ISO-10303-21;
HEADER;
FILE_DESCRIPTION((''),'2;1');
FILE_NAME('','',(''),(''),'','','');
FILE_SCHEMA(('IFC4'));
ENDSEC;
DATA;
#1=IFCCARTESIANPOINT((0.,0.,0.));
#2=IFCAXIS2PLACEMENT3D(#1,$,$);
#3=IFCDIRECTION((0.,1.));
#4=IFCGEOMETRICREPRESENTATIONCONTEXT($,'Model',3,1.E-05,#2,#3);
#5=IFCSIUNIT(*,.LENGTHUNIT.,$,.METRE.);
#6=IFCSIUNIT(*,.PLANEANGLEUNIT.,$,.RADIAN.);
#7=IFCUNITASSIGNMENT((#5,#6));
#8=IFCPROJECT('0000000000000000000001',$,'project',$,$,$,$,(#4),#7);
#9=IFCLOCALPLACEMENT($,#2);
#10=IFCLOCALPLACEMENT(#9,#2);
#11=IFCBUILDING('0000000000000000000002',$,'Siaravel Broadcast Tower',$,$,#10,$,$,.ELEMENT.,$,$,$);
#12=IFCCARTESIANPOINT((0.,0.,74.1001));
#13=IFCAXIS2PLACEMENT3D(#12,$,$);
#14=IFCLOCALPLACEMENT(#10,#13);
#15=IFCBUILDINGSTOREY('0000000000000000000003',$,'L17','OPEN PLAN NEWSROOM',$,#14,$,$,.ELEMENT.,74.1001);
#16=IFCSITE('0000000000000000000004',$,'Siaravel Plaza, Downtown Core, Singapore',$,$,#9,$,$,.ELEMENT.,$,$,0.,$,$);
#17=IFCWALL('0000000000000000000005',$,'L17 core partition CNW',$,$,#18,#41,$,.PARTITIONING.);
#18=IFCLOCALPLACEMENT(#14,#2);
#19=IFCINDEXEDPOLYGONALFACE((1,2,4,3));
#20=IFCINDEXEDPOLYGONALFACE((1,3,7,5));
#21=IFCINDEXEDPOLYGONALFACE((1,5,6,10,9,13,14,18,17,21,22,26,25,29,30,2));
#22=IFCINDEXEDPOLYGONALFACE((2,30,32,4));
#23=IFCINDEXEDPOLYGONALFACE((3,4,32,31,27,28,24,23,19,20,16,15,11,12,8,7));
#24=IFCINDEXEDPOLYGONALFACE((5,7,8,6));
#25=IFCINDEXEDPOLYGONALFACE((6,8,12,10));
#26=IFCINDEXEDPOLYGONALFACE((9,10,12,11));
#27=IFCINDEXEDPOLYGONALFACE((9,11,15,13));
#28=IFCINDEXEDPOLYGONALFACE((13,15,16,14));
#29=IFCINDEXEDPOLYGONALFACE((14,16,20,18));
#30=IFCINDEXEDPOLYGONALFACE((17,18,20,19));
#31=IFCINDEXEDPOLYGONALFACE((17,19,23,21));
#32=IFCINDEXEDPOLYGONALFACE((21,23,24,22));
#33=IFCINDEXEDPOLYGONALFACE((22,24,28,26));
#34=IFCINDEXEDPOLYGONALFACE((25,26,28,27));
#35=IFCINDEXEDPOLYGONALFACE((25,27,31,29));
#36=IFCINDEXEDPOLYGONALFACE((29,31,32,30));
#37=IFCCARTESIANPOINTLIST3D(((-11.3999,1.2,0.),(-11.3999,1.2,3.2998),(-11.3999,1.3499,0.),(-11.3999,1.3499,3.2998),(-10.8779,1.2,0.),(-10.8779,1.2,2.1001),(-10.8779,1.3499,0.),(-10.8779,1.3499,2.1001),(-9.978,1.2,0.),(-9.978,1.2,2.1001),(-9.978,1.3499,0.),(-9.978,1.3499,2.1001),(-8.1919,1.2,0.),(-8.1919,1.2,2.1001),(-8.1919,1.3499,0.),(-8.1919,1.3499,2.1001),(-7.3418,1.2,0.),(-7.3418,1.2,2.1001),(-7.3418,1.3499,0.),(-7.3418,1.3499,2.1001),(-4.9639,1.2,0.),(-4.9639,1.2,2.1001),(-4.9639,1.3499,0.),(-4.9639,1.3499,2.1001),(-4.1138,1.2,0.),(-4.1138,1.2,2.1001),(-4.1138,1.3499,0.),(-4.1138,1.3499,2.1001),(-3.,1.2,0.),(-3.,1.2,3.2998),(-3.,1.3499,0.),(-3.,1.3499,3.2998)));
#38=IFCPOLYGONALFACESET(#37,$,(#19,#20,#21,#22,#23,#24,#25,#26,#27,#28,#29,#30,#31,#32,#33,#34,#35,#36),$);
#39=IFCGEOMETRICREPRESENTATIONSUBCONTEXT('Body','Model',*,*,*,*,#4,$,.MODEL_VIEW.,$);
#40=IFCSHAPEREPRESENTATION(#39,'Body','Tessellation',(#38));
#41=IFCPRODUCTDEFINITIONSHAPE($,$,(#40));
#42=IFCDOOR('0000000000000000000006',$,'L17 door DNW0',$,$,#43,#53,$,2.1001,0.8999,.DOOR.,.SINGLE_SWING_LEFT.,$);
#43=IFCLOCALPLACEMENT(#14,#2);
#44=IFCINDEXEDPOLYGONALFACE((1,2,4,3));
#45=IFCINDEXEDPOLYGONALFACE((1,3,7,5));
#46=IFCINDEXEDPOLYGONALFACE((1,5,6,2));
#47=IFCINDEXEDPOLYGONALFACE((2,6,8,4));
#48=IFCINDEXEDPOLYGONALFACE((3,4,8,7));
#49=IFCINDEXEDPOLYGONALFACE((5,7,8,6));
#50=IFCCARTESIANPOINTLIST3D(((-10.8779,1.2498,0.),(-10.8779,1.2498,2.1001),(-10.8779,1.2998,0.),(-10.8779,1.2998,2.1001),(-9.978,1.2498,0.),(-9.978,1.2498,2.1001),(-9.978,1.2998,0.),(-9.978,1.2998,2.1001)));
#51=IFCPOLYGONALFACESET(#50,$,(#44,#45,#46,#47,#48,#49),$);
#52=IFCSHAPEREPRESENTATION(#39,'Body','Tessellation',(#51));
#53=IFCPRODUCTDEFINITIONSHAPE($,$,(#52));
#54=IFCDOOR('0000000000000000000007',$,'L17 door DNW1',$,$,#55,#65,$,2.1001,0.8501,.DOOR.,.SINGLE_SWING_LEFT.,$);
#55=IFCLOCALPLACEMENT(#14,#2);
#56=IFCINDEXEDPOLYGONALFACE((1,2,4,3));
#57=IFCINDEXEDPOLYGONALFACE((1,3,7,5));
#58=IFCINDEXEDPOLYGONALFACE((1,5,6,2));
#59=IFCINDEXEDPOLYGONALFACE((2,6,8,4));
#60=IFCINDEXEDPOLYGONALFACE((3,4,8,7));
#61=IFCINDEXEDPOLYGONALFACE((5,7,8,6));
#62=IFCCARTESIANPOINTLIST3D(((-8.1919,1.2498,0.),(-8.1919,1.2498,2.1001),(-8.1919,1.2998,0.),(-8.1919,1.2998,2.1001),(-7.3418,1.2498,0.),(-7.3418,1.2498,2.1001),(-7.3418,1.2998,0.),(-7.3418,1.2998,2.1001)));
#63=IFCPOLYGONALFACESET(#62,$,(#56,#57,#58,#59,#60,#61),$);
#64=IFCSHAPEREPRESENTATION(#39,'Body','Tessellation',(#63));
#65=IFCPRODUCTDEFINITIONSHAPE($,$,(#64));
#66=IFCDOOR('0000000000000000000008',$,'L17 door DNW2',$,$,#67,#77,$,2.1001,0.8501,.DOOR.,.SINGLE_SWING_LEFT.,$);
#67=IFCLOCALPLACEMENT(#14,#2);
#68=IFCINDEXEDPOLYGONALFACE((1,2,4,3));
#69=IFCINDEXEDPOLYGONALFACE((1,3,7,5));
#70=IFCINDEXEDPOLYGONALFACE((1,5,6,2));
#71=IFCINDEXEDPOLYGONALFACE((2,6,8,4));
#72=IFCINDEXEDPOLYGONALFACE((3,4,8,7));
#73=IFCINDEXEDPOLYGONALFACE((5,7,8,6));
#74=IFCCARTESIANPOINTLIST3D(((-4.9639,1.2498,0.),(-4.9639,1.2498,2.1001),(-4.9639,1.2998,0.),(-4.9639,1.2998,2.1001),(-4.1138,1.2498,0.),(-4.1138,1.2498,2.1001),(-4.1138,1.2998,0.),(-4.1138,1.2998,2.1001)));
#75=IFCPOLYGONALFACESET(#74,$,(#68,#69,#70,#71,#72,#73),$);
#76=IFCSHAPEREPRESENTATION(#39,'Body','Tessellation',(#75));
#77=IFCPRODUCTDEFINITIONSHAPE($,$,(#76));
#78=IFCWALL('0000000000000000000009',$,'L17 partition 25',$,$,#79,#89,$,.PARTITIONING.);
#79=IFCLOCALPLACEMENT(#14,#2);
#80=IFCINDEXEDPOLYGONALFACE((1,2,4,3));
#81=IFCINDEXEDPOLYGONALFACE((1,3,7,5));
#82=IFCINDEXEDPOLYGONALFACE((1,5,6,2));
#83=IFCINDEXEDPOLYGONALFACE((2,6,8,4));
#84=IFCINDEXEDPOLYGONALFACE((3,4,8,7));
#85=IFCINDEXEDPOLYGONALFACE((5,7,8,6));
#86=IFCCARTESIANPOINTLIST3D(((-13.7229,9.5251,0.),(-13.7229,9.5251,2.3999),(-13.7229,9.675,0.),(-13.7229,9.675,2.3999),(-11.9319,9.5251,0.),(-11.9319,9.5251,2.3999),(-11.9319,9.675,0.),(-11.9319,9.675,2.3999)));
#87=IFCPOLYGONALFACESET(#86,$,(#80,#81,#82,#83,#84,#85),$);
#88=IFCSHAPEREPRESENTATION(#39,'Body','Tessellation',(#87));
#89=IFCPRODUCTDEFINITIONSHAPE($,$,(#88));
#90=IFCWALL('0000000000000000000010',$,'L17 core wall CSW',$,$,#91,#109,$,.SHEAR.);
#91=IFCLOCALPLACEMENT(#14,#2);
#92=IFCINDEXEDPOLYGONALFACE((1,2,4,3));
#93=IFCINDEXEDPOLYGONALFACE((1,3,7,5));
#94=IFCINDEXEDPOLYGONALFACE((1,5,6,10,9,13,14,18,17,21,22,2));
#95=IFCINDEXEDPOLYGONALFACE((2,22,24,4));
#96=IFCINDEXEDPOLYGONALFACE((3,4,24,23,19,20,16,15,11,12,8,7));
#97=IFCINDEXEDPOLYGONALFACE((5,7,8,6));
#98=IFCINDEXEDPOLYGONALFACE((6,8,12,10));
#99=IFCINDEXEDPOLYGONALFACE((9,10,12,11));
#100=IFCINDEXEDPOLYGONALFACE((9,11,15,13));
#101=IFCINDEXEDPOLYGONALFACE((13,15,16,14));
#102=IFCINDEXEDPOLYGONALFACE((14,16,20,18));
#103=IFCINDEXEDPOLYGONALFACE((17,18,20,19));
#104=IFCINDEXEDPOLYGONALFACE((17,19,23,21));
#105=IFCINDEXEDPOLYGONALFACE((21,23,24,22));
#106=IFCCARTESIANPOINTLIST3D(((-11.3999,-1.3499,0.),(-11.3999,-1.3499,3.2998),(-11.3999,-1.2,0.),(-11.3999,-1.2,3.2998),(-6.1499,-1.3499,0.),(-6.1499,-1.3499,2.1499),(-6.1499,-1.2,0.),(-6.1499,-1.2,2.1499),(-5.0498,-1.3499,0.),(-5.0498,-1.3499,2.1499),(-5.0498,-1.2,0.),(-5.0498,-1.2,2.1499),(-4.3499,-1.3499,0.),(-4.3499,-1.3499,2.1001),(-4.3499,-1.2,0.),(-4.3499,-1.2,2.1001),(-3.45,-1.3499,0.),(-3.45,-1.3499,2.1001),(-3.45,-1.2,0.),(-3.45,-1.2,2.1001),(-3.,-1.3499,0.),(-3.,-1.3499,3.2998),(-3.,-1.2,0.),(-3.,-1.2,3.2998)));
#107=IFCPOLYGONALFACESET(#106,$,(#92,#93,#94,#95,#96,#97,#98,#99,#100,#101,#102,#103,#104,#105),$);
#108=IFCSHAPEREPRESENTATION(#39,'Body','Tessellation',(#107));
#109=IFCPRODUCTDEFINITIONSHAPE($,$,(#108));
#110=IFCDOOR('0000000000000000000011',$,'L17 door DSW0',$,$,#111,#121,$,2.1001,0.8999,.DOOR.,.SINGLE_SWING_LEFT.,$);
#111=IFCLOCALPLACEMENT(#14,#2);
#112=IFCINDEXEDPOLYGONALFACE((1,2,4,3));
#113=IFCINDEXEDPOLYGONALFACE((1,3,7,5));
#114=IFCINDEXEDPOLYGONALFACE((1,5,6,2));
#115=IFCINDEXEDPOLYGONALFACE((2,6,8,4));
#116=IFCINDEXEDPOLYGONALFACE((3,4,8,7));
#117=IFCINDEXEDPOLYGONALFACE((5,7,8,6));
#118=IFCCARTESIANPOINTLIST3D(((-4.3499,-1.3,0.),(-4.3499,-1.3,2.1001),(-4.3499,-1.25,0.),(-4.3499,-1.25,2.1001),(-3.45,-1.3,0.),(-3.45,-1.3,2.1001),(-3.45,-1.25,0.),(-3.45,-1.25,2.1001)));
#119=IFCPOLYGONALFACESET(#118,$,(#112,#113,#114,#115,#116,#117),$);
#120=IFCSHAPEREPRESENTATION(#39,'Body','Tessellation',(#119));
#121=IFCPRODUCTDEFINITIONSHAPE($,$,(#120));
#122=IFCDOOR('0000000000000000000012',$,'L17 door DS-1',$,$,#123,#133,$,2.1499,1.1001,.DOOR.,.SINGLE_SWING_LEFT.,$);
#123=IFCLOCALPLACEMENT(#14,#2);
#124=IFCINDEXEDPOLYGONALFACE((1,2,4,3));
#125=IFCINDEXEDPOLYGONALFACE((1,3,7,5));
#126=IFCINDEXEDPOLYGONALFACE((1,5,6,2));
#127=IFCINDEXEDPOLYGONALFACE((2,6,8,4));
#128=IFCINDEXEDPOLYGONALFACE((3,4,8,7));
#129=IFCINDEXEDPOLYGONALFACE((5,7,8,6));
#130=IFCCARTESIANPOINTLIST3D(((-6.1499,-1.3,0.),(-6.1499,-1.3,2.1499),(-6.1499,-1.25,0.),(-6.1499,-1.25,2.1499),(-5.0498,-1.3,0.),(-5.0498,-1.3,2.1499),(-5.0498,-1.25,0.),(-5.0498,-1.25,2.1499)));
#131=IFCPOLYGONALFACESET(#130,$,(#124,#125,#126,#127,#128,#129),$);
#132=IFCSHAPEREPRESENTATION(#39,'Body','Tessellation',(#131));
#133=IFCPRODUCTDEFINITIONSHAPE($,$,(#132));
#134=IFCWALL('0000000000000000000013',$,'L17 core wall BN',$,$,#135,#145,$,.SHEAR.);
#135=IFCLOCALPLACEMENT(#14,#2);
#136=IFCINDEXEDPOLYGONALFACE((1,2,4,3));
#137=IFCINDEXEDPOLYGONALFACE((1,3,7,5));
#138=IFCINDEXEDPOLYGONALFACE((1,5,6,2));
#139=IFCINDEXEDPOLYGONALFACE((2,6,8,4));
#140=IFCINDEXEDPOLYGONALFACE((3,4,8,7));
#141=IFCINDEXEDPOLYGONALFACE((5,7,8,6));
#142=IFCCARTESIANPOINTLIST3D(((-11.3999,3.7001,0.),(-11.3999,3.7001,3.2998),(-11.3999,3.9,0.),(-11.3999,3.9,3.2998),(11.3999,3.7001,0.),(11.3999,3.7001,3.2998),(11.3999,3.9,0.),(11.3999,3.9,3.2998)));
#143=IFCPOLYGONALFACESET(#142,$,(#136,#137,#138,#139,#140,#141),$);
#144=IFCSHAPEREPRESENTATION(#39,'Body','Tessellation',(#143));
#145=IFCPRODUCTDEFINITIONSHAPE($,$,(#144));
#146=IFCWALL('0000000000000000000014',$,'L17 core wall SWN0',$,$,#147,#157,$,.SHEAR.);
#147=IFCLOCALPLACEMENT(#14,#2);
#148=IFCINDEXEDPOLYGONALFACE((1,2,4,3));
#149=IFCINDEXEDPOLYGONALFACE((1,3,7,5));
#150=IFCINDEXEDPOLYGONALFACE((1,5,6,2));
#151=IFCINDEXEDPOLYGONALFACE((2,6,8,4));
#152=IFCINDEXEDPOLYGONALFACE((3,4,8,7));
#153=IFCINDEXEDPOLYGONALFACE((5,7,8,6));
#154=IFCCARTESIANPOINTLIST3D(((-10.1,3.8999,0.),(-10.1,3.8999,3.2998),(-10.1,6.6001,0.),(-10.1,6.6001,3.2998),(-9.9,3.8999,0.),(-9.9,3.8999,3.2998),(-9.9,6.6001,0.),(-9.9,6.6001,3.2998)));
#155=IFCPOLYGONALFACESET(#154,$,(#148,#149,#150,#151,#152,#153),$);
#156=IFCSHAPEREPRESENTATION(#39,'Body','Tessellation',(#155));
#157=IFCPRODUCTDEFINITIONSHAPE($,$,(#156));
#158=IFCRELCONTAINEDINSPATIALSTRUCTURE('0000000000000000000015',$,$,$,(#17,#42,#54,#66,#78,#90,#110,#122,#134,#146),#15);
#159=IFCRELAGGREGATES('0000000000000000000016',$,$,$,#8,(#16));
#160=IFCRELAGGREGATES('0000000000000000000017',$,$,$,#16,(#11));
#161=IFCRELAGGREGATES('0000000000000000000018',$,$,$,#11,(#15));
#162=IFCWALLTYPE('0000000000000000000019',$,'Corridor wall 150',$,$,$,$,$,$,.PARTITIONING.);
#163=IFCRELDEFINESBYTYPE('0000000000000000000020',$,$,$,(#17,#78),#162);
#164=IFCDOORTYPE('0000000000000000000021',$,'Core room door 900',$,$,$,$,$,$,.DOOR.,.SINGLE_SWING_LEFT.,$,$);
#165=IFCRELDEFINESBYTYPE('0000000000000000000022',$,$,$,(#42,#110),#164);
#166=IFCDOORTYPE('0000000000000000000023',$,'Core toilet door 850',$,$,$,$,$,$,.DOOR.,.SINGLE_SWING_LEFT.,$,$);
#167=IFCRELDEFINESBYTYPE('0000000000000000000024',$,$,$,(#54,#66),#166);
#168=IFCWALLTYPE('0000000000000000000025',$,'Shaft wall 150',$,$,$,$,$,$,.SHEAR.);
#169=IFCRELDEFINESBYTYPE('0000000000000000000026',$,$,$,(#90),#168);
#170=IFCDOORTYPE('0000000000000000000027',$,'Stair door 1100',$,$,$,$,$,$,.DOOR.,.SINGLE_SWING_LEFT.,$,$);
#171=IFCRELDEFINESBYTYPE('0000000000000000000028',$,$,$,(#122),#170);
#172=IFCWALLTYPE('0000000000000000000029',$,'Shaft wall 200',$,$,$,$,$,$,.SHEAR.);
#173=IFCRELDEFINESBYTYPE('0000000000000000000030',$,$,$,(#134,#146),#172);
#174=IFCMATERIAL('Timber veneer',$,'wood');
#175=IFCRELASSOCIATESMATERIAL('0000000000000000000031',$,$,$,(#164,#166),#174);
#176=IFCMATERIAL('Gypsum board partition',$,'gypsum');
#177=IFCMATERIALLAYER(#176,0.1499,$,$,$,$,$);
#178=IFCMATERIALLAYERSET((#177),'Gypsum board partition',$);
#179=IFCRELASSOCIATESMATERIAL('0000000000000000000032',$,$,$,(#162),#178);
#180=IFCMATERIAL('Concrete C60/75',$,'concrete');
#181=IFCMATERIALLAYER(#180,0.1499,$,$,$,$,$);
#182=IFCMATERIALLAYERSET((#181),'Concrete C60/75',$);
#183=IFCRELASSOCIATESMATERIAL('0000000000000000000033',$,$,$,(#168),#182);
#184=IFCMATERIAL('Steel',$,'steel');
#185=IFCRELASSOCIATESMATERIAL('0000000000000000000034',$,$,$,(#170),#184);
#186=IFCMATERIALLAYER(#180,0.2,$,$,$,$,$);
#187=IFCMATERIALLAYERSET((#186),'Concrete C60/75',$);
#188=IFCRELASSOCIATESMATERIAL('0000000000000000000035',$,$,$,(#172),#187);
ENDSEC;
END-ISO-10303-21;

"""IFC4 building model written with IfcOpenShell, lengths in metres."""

from ifc_helpers import new_model, si_unit, direction, frame, frame_2d, origin, place, context, subcontext, project, spatial, rectangle, extrude, material, layer, layer_set, type_object, element, fill, save


model = new_model("IFC4")

# Units and contexts
model_context = context("Model", 3, precision=1e-05, world=origin(), true_north=direction((0.0, 1.0)))
body_context = subcontext(model_context, "Body", "Model", "MODEL_VIEW")
ifc_project = project(units=[si_unit("LENGTHUNIT", "METRE"), si_unit("PLANEANGLEUNIT", "RADIAN")], contexts=[model_context])

# Site, building, storey
site_placement = place(None, origin())
site = spatial("IfcSite", under=ifc_project, at=site_placement, Name="Siaravel Plaza, Downtown Core, Singapore", CompositionType="ELEMENT", RefElevation=0.0)
building_placement = place(site_placement, origin())
building = spatial("IfcBuilding", under=site, at=building_placement, Name="Siaravel Broadcast Tower", CompositionType="ELEMENT")
storey_placement = place(building_placement, frame((0.0, 0.0, 74.1001)))
storey = spatial("IfcBuildingStorey", under=building, at=storey_placement, Name="L17", Description="OPEN PLAN NEWSROOM", CompositionType="ELEMENT", Elevation=74.1001)

# Wall, openings, doors
ifc_material_1 = material(Name="Concrete C60/75", Category="concrete")
ifc_material_2 = material(Name="Timber veneer", Category="wood")
door_type_1 = type_object("IfcDoorType", Name="Core room door 900", OperationType="SINGLE_SWING_LEFT", PredefinedType="DOOR", material=ifc_material_2)
ifc_material_3 = material(Name="Steel", Category="steel")
ifc_material_4 = material(Name="Gypsum board partition", Category="gypsum")
ifc_layer_1 = layer(ifc_material_4, 0.1499)
ifc_layer_set_1 = layer_set([ifc_layer_1], Name="Gypsum board partition")
wall_type_1 = type_object("IfcWallType", Name="Corridor wall 150", PredefinedType="PARTITIONING", material=ifc_layer_set_1)
wall_1_placement = place(storey_placement, frame((-11.3999, 1.2749, 0.0), z_axis=(0.0, 0.0, 1.0), x_axis=(1.0, 0.0, 0.0)))
wall_1 = element("IfcWall", 1, at=wall_1_placement, inside=storey, type_object=wall_type_1, Name="L17 core partition CNW", PredefinedType="PARTITIONING", context=body_context, shape_type="SweptSolid", body=[
    extrude(rectangle(XDim=8.3999, YDim=0.1499, at=frame_2d((4.2, 0.0))), origin(), (0.0, 0.0, 1.0), 3.2998),
])
opening_1_placement = place(wall_1_placement, frame((0.522, 0.0, 0.0)))
opening_1 = element("IfcOpeningElement", 2, at=opening_1_placement, cuts=wall_1, PredefinedType="OPENING", context=body_context, shape_type="SweptSolid", body=[
    extrude(rectangle(XDim=0.8999, YDim=2.1001, at=frame_2d((0.45, 1.05))), frame((0.0, 0.085, 0.0), z_axis=(0.0, -1.0, 0.0), x_axis=(1.0, 0.0, 0.0)), (0.0, 0.0, 1.0), 0.1699),
])
opening_2_placement = place(wall_1_placement, frame((3.208, 0.0, 0.0)))
opening_2 = element("IfcOpeningElement", 3, at=opening_2_placement, cuts=wall_1, PredefinedType="OPENING", context=body_context, shape_type="SweptSolid", body=[
    extrude(rectangle(XDim=0.8501, YDim=2.1001, at=frame_2d((0.425, 1.05))), frame((0.0, 0.085, 0.0), z_axis=(0.0, -1.0, 0.0), x_axis=(1.0, 0.0, 0.0)), (0.0, 0.0, 1.0), 0.1699),
])
opening_3_placement = place(wall_1_placement, frame((6.436, 0.0, 0.0)))
opening_3 = element("IfcOpeningElement", 4, at=opening_3_placement, cuts=wall_1, PredefinedType="OPENING", context=body_context, shape_type="SweptSolid", body=[
    extrude(rectangle(XDim=0.8501, YDim=2.1001, at=frame_2d((0.425, 1.05))), frame((0.0, 0.085, 0.0), z_axis=(0.0, -1.0, 0.0), x_axis=(1.0, 0.0, 0.0)), (0.0, 0.0, 1.0), 0.1699),
])
door_1_placement = place(opening_1_placement, origin())
door_1 = element("IfcDoor", 5, at=door_1_placement, inside=storey, type_object=door_type_1, Name="L17 door DNW0", OperationType="SINGLE_SWING_LEFT", OverallHeight=2.1001, OverallWidth=0.8999, PredefinedType="DOOR", context=body_context, shape_type="SweptSolid", body=[
    extrude(rectangle(XDim=0.8999, YDim=2.1001, at=frame_2d((0.45, 1.05))), frame((0.0, 0.0249, 0.0), z_axis=(0.0, -1.0, 0.0), x_axis=(1.0, 0.0, 0.0)), (0.0, 0.0, 1.0), 0.05),
])
fill(opening_1, door_1)
door_type_2 = type_object("IfcDoorType", Name="Core toilet door 850", OperationType="SINGLE_SWING_LEFT", PredefinedType="DOOR", material=ifc_material_2)
door_2_placement = place(opening_2_placement, origin())
door_2 = element("IfcDoor", 6, at=door_2_placement, inside=storey, type_object=door_type_2, Name="L17 door DNW1", OperationType="SINGLE_SWING_LEFT", OverallHeight=2.1001, OverallWidth=0.8501, PredefinedType="DOOR", context=body_context, shape_type="SweptSolid", body=[
    extrude(rectangle(XDim=0.8501, YDim=2.1001, at=frame_2d((0.425, 1.05))), frame((0.0, 0.0249, 0.0), z_axis=(0.0, -1.0, 0.0), x_axis=(1.0, 0.0, 0.0)), (0.0, 0.0, 1.0), 0.05),
])
fill(opening_2, door_2)
door_3_placement = place(opening_3_placement, origin())
door_3 = element("IfcDoor", 7, at=door_3_placement, inside=storey, type_object=door_type_2, Name="L17 door DNW2", OperationType="SINGLE_SWING_LEFT", OverallHeight=2.1001, OverallWidth=0.8501, PredefinedType="DOOR", context=body_context, shape_type="SweptSolid", body=[
    extrude(rectangle(XDim=0.8501, YDim=2.1001, at=frame_2d((0.425, 1.05))), frame((0.0, 0.0249, 0.0), z_axis=(0.0, -1.0, 0.0), x_axis=(1.0, 0.0, 0.0)), (0.0, 0.0, 1.0), 0.05),
])
fill(opening_3, door_3)

# Wall
wall_2_placement = place(storey_placement, frame((-11.9319, 9.6001, 0.0), z_axis=(0.0, 0.0, 1.0), x_axis=(-1.0, 0.0, 0.0)))
element("IfcWall", 8, at=wall_2_placement, inside=storey, type_object=wall_type_1, Name="L17 partition 25", PredefinedType="PARTITIONING", context=body_context, shape_type="SweptSolid", body=[
    extrude(rectangle(XDim=1.791, YDim=0.1499, at=frame_2d((0.8955, 0.0))), origin(), (0.0, 0.0, 1.0), 2.3999),
])

# Wall, openings, doors
ifc_layer_2 = layer(ifc_material_1, 0.1499)
ifc_layer_set_2 = layer_set([ifc_layer_2], Name="Concrete C60/75")
wall_type_2 = type_object("IfcWallType", Name="Shaft wall 150", PredefinedType="SHEAR", material=ifc_layer_set_2)
wall_3_placement = place(storey_placement, frame((-11.3999, -1.2749, 0.0), z_axis=(0.0, 0.0, 1.0), x_axis=(1.0, 0.0, 0.0)))
wall_3 = element("IfcWall", 9, at=wall_3_placement, inside=storey, type_object=wall_type_2, Name="L17 core wall CSW", PredefinedType="SHEAR", context=body_context, shape_type="SweptSolid", body=[
    extrude(rectangle(XDim=8.3999, YDim=0.1499, at=frame_2d((4.2, 0.0))), origin(), (0.0, 0.0, 1.0), 3.2998),
])
opening_4_placement = place(wall_3_placement, frame((5.25, 0.0, 0.0)))
opening_4 = element("IfcOpeningElement", 10, at=opening_4_placement, cuts=wall_3, PredefinedType="OPENING", context=body_context, shape_type="SweptSolid", body=[
    extrude(rectangle(XDim=1.1001, YDim=2.1499, at=frame_2d((0.55, 1.075))), frame((0.0, 0.085, 0.0), z_axis=(0.0, -1.0, 0.0), x_axis=(1.0, 0.0, 0.0)), (0.0, 0.0, 1.0), 0.1699),
])
opening_5_placement = place(wall_3_placement, frame((7.05, 0.0, 0.0)))
opening_5 = element("IfcOpeningElement", 11, at=opening_5_placement, cuts=wall_3, PredefinedType="OPENING", context=body_context, shape_type="SweptSolid", body=[
    extrude(rectangle(XDim=0.8999, YDim=2.1001, at=frame_2d((0.45, 1.05))), frame((0.0, 0.085, 0.0), z_axis=(0.0, -1.0, 0.0), x_axis=(1.0, 0.0, 0.0)), (0.0, 0.0, 1.0), 0.1699),
])
door_4_placement = place(opening_5_placement, origin())
door_4 = element("IfcDoor", 12, at=door_4_placement, inside=storey, type_object=door_type_1, Name="L17 door DSW0", OperationType="SINGLE_SWING_LEFT", OverallHeight=2.1001, OverallWidth=0.8999, PredefinedType="DOOR", context=body_context, shape_type="SweptSolid", body=[
    extrude(rectangle(XDim=0.8999, YDim=2.1001, at=frame_2d((0.45, 1.05))), frame((0.0, 0.0249, 0.0), z_axis=(0.0, -1.0, 0.0), x_axis=(1.0, 0.0, 0.0)), (0.0, 0.0, 1.0), 0.05),
])
fill(opening_5, door_4)
door_type_3 = type_object("IfcDoorType", Name="Stair door 1100", OperationType="SINGLE_SWING_LEFT", PredefinedType="DOOR", material=ifc_material_3)
door_5_placement = place(opening_4_placement, origin())
door_5 = element("IfcDoor", 13, at=door_5_placement, inside=storey, type_object=door_type_3, Name="L17 door DS-1", OperationType="SINGLE_SWING_LEFT", OverallHeight=2.1499, OverallWidth=1.1001, PredefinedType="DOOR", context=body_context, shape_type="SweptSolid", body=[
    extrude(rectangle(XDim=1.1001, YDim=2.1499, at=frame_2d((0.55, 1.075))), frame((0.0, 0.0249, 0.0), z_axis=(0.0, -1.0, 0.0), x_axis=(1.0, 0.0, 0.0)), (0.0, 0.0, 1.0), 0.05),
])
fill(opening_4, door_5)

# Walls
ifc_layer_3 = layer(ifc_material_1, 0.2)
ifc_layer_set_3 = layer_set([ifc_layer_3], Name="Concrete C60/75")
wall_type_3 = type_object("IfcWallType", Name="Shaft wall 200", PredefinedType="SHEAR", material=ifc_layer_set_3)
wall_4_placement = place(storey_placement, frame((-11.3999, 3.8, 0.0), z_axis=(0.0, 0.0, 1.0), x_axis=(1.0, 0.0, 0.0)))
element("IfcWall", 14, at=wall_4_placement, inside=storey, type_object=wall_type_3, Name="L17 core wall BN", PredefinedType="SHEAR", context=body_context, shape_type="SweptSolid", body=[
    extrude(rectangle(XDim=22.7998, YDim=0.2, at=frame_2d((11.3999, 0.0))), origin(), (0.0, 0.0, 1.0), 3.2998),
])
wall_5_placement = place(storey_placement, frame((-10.0, 3.8999, 0.0), z_axis=(0.0, 0.0, 1.0), x_axis=(0.0, 1.0, 0.0)))
element("IfcWall", 15, at=wall_5_placement, inside=storey, type_object=wall_type_3, Name="L17 core wall SWN0", PredefinedType="SHEAR", context=body_context, shape_type="SweptSolid", body=[
    extrude(rectangle(XDim=2.7002, YDim=0.2, at=frame_2d((1.3501, 0.0))), origin(), (0.0, 0.0, 1.0), 3.2998),
])

save(model, "model.ifc")
